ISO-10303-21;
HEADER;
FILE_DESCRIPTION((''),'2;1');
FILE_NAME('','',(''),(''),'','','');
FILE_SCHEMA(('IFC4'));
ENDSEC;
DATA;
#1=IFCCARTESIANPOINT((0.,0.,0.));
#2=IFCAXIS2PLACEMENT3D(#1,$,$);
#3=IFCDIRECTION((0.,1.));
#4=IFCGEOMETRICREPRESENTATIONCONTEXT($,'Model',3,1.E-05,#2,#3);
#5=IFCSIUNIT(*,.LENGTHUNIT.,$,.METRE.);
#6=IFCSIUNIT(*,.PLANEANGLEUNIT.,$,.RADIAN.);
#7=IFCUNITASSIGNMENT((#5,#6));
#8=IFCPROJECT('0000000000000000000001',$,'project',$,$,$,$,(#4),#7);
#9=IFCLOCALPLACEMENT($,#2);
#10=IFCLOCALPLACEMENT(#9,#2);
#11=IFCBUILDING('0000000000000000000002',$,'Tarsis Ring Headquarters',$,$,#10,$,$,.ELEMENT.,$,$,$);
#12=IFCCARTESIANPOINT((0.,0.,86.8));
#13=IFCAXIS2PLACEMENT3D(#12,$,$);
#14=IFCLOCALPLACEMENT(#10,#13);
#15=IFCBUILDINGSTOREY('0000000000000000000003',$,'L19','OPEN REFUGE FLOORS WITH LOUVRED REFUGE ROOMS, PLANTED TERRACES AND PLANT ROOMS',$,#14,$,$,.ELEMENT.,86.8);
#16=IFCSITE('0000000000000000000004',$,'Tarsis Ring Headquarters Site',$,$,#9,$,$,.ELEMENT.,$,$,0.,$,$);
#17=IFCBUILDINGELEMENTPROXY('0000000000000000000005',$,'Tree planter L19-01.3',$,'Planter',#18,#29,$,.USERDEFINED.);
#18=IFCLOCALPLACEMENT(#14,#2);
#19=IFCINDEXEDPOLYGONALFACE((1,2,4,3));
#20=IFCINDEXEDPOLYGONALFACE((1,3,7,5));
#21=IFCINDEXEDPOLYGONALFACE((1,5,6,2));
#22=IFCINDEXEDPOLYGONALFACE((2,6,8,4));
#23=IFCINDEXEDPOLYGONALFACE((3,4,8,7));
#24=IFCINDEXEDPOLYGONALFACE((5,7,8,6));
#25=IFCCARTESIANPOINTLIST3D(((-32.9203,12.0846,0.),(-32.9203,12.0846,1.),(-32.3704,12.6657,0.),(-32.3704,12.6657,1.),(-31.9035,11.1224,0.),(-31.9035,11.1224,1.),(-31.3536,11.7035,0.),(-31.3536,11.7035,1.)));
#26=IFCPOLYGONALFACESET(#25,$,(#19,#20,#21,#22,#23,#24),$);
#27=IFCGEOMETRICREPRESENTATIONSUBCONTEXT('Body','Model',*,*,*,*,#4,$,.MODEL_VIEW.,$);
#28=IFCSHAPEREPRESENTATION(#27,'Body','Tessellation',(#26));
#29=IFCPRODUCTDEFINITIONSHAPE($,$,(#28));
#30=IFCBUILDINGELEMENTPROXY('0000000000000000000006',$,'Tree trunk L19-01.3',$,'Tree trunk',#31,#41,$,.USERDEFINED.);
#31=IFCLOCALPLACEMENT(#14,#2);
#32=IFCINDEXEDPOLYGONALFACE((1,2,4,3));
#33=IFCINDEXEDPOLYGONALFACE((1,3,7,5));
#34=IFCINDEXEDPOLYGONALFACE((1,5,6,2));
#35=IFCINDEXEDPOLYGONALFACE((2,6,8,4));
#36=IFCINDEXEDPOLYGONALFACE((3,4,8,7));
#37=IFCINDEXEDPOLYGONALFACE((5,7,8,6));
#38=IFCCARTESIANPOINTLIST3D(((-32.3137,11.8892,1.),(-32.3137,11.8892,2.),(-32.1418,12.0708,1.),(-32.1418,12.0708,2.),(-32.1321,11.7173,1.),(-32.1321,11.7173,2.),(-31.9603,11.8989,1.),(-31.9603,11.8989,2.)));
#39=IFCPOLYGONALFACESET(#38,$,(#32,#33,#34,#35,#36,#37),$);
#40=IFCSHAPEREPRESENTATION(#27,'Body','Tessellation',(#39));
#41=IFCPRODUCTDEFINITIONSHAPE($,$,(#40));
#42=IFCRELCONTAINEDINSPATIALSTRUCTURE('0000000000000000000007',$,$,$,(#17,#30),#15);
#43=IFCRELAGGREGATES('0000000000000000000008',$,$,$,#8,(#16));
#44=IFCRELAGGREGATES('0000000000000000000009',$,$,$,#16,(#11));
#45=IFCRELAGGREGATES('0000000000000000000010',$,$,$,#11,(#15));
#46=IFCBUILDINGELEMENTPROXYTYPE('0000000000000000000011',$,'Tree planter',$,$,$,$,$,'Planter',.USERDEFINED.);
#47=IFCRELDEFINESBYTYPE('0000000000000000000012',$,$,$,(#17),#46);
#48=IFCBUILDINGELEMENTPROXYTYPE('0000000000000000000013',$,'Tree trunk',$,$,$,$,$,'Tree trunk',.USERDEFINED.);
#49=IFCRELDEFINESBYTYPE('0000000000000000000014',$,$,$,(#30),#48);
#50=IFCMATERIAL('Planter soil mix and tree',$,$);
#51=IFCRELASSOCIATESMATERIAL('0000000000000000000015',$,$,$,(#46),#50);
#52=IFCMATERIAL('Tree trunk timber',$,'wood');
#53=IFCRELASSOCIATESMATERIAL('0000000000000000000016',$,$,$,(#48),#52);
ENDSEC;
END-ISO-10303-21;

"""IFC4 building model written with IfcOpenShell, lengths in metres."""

from ifc_helpers import new_model, si_unit, direction, frame, origin, origin_2d, place, context, subcontext, project, spatial, rectangle, extrude, material, type_object, element, save


model = new_model("IFC4")

# Units and contexts
model_context = context("Model", 3, precision=1e-05, world=origin(), true_north=direction((0.0, 1.0)))
body_context = subcontext(model_context, "Body", "Model", "MODEL_VIEW")
ifc_project = project(units=[si_unit("LENGTHUNIT", "METRE"), si_unit("PLANEANGLEUNIT", "RADIAN")], contexts=[model_context])

# Site, building, storey
site_placement = place(None, origin())
site = spatial("IfcSite", under=ifc_project, at=site_placement, Name="Tarsis Ring Headquarters Site", CompositionType="ELEMENT", RefElevation=0.0)
building_placement = place(site_placement, origin())
building = spatial("IfcBuilding", under=site, at=building_placement, Name="Tarsis Ring Headquarters", CompositionType="ELEMENT")
storey_placement = place(building_placement, frame((0.0, 0.0, 86.8)))
storey = spatial("IfcBuildingStorey", under=building, at=storey_placement, Name="L19", Description="OPEN REFUGE FLOORS WITH LOUVRED REFUGE ROOMS, PLANTED TERRACES AND PLANT ROOMS", CompositionType="ELEMENT", Elevation=86.8)

# Building element proxies
ifc_material_1 = material(Name="Planter soil mix and tree")
building_element_proxy_type_1 = type_object("IfcBuildingElementProxyType", Name="Tree planter", ElementType="Planter", PredefinedType="USERDEFINED", material=ifc_material_1)
proxy_1_placement = place(storey_placement, frame((-32.137, 11.894, 0.0), z_axis=(0.0, 0.0, 1.0), x_axis=(0.726335, -0.687341, 0.0)))
element("IfcBuildingElementProxy", 1, at=proxy_1_placement, inside=storey, type_object=building_element_proxy_type_1, Name="Tree planter L19-01.3", ObjectType="Planter", PredefinedType="USERDEFINED", context=body_context, shape_type="SweptSolid", body=[
    extrude(rectangle(XDim=1.3999, YDim=0.8, at=origin_2d()), origin(), (0.0, 0.0, 1.0), 1.0),
])
ifc_material_2 = material(Name="Tree trunk timber", Category="wood")
building_element_proxy_type_2 = type_object("IfcBuildingElementProxyType", Name="Tree trunk", ElementType="Tree trunk", PredefinedType="USERDEFINED", material=ifc_material_2)
proxy_2_placement = place(storey_placement, frame((-32.137, 11.894, 1.0), z_axis=(0.0, 0.0, 1.0), x_axis=(0.726335, -0.687341, 0.0)))
element("IfcBuildingElementProxy", 2, at=proxy_2_placement, inside=storey, type_object=building_element_proxy_type_2, Name="Tree trunk L19-01.3", ObjectType="Tree trunk", PredefinedType="USERDEFINED", context=body_context, shape_type="SweptSolid", body=[
    extrude(rectangle(XDim=0.25, YDim=0.25, at=origin_2d()), origin(), (0.0, 0.0, 1.0), 1.0),
])

save(model, "model.ifc")
